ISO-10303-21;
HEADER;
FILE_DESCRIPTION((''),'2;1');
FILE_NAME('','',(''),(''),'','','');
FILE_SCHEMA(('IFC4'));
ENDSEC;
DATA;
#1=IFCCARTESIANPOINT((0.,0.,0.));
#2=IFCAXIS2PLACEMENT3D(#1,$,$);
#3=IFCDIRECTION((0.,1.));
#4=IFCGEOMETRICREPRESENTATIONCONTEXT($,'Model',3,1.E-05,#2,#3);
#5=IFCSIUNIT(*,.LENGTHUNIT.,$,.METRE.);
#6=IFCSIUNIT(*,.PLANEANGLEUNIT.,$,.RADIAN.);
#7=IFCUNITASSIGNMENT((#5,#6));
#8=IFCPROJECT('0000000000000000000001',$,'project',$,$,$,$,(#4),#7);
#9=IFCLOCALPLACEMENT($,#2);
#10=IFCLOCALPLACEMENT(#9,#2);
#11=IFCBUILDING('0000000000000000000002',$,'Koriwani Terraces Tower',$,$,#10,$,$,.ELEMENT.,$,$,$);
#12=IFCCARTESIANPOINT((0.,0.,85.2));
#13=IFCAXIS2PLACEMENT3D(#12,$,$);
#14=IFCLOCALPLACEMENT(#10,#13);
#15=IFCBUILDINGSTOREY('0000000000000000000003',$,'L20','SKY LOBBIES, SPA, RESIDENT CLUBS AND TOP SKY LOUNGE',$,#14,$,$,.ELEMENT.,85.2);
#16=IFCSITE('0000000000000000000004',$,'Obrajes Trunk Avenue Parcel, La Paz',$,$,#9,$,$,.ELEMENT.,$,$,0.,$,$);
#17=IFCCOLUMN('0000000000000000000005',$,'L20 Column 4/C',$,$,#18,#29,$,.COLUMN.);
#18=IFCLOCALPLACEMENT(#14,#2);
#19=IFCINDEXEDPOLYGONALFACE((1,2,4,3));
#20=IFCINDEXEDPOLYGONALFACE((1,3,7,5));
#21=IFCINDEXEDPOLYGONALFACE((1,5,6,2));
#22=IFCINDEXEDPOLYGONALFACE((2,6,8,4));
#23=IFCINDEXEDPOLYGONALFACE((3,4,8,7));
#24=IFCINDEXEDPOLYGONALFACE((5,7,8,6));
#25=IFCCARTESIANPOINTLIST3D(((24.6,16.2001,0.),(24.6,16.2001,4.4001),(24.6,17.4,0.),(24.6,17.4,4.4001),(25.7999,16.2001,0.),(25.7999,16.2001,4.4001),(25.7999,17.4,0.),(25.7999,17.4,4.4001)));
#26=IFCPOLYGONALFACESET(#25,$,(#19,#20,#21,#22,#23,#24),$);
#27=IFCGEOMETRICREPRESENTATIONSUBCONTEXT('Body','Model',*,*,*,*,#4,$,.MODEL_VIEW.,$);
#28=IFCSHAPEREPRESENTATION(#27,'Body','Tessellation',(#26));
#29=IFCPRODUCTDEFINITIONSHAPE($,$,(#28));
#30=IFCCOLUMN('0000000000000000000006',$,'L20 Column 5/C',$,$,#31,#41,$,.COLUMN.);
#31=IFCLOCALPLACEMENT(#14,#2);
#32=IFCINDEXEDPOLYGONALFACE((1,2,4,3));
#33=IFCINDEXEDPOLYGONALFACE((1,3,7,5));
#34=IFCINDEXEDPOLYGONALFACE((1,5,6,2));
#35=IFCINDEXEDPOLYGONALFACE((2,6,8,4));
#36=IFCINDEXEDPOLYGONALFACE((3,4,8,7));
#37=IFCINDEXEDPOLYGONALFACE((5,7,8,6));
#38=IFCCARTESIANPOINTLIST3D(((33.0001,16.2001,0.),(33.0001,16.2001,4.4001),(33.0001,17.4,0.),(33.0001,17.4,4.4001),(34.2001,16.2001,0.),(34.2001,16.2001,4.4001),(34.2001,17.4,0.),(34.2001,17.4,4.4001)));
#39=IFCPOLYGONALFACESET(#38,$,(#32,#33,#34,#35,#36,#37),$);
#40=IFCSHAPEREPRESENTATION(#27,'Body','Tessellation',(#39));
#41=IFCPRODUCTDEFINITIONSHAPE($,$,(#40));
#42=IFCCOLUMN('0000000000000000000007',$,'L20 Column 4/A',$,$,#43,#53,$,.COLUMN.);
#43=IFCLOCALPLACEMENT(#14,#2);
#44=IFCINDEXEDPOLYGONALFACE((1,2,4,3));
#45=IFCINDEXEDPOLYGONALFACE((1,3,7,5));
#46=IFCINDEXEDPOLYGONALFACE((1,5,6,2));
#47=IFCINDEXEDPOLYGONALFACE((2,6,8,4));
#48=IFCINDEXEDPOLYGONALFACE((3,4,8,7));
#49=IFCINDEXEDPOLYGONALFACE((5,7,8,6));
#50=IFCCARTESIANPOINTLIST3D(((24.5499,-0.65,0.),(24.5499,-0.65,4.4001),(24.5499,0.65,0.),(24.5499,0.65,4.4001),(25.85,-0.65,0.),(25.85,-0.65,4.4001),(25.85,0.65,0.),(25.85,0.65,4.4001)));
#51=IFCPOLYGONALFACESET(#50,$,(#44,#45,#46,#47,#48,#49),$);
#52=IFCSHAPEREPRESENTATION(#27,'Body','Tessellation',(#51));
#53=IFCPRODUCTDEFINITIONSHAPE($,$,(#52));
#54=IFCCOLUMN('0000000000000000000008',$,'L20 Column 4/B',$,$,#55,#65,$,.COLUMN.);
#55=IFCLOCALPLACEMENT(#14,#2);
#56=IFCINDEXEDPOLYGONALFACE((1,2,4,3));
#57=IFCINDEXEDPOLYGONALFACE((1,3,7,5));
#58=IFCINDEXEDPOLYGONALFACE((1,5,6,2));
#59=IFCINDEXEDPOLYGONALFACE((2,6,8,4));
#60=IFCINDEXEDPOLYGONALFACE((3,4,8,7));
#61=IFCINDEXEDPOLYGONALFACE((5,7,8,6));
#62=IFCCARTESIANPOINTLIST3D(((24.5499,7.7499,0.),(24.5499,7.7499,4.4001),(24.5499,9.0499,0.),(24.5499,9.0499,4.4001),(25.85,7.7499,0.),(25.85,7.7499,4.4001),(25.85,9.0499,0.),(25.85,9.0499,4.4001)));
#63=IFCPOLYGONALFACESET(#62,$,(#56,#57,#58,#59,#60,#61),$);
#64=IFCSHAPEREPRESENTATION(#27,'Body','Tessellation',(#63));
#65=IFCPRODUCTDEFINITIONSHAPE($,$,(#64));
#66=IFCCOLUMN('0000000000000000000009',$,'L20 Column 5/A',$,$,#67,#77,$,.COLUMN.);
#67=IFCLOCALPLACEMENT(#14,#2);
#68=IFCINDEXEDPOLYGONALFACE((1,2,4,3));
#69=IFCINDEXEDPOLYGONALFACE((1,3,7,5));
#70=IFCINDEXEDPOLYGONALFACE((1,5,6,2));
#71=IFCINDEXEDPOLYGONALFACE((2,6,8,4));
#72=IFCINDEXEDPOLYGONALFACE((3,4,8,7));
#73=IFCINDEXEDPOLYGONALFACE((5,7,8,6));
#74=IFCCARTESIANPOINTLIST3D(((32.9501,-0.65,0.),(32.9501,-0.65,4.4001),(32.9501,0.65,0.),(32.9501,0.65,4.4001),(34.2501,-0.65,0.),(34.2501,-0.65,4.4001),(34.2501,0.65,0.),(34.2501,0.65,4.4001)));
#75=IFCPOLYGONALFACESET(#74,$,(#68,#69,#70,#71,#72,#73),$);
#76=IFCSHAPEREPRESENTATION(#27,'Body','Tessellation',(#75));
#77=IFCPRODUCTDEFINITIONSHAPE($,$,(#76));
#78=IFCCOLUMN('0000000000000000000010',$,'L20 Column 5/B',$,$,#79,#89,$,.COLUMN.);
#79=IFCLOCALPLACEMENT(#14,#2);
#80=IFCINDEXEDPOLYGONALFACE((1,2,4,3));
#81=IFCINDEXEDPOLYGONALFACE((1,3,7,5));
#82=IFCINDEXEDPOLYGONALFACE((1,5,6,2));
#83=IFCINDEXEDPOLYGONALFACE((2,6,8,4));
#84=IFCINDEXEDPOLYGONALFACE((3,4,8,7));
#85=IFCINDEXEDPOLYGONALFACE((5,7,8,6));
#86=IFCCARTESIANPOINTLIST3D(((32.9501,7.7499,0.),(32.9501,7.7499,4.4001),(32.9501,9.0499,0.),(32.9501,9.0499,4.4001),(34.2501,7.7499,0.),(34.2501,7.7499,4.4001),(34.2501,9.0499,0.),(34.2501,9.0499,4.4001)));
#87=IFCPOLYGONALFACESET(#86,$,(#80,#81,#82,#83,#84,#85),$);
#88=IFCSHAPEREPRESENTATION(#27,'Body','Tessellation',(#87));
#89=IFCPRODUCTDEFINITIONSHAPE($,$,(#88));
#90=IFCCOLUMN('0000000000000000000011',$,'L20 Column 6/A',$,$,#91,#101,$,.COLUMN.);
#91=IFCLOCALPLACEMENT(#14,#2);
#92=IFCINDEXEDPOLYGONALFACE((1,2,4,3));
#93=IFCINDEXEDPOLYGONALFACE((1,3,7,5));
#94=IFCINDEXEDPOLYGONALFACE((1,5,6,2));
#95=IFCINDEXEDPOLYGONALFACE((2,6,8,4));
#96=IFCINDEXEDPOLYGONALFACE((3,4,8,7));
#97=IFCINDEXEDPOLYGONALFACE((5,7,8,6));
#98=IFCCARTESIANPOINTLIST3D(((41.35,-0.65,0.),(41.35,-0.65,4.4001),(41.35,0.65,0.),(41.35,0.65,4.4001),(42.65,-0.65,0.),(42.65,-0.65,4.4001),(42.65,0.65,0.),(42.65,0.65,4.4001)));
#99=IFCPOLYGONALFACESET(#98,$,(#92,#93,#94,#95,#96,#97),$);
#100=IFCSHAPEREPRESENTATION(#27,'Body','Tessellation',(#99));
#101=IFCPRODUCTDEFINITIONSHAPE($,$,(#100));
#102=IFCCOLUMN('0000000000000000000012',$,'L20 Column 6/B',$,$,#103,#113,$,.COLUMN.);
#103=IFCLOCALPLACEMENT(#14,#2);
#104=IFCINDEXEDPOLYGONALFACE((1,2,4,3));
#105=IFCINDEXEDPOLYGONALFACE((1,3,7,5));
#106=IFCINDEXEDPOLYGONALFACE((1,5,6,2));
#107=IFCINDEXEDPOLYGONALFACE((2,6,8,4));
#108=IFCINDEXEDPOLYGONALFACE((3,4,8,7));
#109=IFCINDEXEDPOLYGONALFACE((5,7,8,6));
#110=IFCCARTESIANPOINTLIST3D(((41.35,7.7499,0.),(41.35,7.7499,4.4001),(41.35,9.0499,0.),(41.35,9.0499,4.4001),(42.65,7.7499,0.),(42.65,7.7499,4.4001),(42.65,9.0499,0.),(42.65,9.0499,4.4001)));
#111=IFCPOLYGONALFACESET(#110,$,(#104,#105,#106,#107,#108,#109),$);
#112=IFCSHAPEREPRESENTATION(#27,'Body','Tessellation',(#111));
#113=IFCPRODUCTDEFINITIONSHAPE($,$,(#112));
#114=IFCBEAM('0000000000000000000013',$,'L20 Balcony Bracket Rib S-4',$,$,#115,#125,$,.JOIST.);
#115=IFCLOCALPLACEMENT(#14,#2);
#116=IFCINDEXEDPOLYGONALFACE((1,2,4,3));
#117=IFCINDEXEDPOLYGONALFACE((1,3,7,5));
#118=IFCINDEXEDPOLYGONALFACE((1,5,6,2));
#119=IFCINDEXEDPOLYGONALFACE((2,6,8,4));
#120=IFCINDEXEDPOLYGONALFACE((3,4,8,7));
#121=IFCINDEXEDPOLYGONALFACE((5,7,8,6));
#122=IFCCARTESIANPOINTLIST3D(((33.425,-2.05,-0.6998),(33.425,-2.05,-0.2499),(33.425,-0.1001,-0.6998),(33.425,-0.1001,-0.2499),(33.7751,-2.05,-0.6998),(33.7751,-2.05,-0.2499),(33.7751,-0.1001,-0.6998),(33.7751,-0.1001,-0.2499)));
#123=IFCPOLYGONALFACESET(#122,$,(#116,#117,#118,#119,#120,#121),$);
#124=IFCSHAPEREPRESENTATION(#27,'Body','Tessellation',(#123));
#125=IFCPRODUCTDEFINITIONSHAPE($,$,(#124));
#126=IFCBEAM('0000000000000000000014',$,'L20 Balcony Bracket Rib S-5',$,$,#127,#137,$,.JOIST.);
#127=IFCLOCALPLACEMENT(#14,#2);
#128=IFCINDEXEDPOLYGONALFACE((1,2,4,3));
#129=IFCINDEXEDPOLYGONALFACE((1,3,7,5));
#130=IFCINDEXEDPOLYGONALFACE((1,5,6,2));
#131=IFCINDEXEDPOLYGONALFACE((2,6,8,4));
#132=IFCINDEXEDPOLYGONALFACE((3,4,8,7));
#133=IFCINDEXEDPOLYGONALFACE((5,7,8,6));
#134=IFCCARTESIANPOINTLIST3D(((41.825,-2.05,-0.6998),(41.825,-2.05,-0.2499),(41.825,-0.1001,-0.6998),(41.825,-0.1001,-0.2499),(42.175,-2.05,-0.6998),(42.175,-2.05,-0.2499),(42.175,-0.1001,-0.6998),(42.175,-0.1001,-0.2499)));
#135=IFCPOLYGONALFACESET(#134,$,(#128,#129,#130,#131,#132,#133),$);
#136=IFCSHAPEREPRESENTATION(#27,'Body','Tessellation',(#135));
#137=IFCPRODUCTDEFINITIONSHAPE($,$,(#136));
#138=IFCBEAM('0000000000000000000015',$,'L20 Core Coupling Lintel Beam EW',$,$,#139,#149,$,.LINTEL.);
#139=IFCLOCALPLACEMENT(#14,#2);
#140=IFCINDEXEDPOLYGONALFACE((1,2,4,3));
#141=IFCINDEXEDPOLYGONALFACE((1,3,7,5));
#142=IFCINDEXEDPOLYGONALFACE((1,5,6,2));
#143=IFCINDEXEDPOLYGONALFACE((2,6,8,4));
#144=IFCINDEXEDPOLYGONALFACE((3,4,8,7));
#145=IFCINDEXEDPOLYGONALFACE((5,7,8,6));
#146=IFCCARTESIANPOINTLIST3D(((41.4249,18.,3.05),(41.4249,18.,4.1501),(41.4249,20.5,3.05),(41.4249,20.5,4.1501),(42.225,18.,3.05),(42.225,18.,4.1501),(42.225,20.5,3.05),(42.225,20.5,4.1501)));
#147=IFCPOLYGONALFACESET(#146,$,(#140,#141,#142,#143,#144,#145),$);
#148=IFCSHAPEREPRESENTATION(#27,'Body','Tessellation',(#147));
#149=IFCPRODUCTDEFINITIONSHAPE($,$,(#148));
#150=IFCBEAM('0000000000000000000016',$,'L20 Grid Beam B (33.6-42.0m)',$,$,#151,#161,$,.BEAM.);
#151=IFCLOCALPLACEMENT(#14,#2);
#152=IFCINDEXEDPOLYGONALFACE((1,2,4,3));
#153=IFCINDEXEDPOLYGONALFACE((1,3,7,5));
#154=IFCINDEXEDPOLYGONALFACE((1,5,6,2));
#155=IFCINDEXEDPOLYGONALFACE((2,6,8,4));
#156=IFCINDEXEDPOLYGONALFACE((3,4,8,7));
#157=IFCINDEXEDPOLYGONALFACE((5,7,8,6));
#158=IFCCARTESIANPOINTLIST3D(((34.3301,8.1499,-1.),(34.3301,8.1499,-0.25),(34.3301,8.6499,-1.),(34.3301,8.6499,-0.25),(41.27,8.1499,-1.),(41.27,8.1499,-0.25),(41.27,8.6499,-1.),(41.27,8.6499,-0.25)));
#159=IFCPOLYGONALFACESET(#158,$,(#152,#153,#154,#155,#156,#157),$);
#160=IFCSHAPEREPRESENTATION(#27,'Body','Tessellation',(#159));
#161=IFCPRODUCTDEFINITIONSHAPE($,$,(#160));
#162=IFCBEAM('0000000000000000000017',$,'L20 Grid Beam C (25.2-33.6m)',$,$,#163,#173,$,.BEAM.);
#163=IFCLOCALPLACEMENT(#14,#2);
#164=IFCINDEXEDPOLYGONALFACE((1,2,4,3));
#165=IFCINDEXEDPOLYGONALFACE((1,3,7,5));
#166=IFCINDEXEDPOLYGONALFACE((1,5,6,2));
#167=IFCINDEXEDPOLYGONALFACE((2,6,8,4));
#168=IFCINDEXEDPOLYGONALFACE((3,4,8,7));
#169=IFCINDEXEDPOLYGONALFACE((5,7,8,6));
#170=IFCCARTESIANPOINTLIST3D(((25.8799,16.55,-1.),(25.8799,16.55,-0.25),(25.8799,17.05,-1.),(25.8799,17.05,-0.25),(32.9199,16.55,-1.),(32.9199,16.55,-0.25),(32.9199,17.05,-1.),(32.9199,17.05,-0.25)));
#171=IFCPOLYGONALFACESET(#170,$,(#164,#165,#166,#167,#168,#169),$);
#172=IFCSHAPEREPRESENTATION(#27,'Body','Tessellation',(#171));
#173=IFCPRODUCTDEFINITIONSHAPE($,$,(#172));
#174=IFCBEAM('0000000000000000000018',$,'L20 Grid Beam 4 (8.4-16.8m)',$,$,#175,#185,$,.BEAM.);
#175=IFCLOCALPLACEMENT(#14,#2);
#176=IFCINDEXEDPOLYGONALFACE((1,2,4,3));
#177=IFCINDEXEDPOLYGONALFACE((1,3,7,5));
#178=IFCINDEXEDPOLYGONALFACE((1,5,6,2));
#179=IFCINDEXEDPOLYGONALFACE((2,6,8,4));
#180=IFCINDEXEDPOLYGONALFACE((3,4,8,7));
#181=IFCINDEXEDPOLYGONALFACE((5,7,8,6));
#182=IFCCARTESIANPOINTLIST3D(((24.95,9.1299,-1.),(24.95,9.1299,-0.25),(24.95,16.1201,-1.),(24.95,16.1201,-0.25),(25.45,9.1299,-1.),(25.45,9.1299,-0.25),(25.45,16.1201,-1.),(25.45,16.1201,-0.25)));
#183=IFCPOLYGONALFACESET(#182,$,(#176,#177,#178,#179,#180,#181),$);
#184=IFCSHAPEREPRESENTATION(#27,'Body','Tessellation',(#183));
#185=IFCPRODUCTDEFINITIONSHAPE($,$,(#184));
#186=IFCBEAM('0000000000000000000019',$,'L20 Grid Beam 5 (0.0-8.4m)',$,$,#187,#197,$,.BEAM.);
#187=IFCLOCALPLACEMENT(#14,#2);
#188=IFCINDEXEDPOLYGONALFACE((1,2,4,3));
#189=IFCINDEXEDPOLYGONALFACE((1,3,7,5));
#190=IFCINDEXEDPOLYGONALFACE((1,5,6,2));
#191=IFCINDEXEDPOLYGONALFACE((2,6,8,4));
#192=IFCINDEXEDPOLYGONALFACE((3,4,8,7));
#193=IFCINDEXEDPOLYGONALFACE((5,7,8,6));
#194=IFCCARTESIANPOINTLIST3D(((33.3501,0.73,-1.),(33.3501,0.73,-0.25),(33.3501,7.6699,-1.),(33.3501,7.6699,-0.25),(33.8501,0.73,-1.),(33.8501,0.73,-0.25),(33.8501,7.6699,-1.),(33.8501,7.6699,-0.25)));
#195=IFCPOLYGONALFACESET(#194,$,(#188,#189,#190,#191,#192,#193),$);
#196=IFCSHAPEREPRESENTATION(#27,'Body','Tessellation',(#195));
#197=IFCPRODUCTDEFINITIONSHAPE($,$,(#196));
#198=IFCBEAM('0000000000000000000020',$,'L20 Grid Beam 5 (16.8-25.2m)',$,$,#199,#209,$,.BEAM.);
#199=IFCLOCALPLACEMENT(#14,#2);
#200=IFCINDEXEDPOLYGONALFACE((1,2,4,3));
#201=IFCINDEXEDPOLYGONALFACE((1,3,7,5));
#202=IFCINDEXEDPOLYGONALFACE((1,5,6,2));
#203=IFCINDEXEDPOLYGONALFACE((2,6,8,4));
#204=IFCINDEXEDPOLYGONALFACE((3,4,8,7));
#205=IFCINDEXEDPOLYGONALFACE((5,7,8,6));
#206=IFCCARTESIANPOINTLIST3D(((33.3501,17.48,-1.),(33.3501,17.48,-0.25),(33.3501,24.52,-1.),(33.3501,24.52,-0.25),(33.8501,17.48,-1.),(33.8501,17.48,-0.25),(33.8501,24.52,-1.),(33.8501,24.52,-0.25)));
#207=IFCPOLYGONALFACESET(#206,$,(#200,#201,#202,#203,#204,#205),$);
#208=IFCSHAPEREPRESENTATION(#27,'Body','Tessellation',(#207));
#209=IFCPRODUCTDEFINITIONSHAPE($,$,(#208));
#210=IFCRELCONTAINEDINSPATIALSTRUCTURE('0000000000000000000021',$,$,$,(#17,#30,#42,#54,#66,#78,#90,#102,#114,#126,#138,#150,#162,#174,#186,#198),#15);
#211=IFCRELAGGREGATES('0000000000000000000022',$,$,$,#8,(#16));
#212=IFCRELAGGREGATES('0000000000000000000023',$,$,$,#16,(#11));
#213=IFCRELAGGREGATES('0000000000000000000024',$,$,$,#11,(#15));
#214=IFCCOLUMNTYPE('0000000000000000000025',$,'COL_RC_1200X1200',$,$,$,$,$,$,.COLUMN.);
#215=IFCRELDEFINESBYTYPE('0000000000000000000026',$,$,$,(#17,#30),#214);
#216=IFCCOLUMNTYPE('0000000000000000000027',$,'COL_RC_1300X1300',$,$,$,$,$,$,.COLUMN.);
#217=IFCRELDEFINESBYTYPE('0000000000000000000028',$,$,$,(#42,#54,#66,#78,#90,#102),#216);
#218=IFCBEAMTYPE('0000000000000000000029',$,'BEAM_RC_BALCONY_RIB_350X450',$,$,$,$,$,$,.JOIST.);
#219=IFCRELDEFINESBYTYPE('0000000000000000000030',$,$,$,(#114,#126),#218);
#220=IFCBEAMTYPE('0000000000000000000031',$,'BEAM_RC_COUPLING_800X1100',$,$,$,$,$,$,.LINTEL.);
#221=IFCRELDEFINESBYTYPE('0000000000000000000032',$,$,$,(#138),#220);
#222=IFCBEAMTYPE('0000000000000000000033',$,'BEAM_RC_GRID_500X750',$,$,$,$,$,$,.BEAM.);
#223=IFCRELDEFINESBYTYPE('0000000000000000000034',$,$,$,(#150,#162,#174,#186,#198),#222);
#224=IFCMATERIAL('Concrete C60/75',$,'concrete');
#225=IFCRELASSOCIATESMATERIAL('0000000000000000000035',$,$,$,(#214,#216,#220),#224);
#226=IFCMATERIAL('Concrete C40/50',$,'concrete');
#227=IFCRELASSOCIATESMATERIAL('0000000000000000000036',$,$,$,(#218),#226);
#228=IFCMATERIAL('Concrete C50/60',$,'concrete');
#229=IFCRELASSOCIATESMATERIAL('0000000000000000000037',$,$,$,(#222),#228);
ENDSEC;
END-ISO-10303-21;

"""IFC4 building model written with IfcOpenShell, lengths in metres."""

from ifc_helpers import new_model, si_unit, direction, frame, origin, origin_2d, place, context, subcontext, project, spatial, rectangle, extrude, material, material_profile, profile_set, type_object, element, save


model = new_model("IFC4")

# Units and contexts
model_context = context("Model", 3, precision=1e-05, world=origin(), true_north=direction((0.0, 1.0)))
body_context = subcontext(model_context, "Body", "Model", "MODEL_VIEW")
ifc_project = project(units=[si_unit("LENGTHUNIT", "METRE"), si_unit("PLANEANGLEUNIT", "RADIAN")], contexts=[model_context])

# Site, building, storey
site_placement = place(None, origin())
site = spatial("IfcSite", under=ifc_project, at=site_placement, Name="Obrajes Trunk Avenue Parcel, La Paz", CompositionType="ELEMENT", RefElevation=0.0)
building_placement = place(site_placement, origin())
building = spatial("IfcBuilding", under=site, at=building_placement, Name="Koriwani Terraces Tower", CompositionType="ELEMENT")
storey_placement = place(building_placement, frame((0.0, 0.0, 85.2)))
storey = spatial("IfcBuildingStorey", under=building, at=storey_placement, Name="L20", Description="SKY LOBBIES, SPA, RESIDENT CLUBS AND TOP SKY LOUNGE", CompositionType="ELEMENT", Elevation=85.2)

# Columns
ifc_material_1 = material(Name="Concrete C60/75", Category="concrete")
ifc_material_profile_1 = material_profile(ifc_material_1, rectangle(XDim=1.2, YDim=1.2, at=origin_2d()), Name="Concrete C60/75", Category="LoadBearing")
ifc_profile_set_1 = profile_set([ifc_material_profile_1], Name="Concrete C60/75")
column_type_1 = type_object("IfcColumnType", Name="COL_RC_1200X1200", PredefinedType="COLUMN", material=ifc_profile_set_1)
for number, where, z_axis, x_axis, name in (
    (1, (25.2, 16.8, 0.0), (0.0, 0.0, 1.0), (1.0, 0.0, 0.0), "L20 Column 4/C"),
    (2, (33.6001, 16.8, 0.0), (0.0, 0.0, 1.0), (1.0, 0.0, 0.0), "L20 Column 5/C"),
):
    element("IfcColumn", number, at=place(storey_placement, frame(where, z_axis=z_axis, x_axis=x_axis)), inside=storey, type_object=column_type_1, Name=name, PredefinedType="COLUMN", context=body_context, shape_type="SweptSolid", body=[
        extrude(rectangle(XDim=1.2, YDim=1.2, at=origin_2d()), origin(), (0.0, 0.0, 1.0), 4.4001),
    ])
ifc_material_profile_2 = material_profile(ifc_material_1, rectangle(XDim=1.3, YDim=1.3, at=origin_2d()), Name="Concrete C60/75", Category="LoadBearing")
ifc_profile_set_2 = profile_set([ifc_material_profile_2], Name="Concrete C60/75")
column_type_2 = type_object("IfcColumnType", Name="COL_RC_1300X1300", PredefinedType="COLUMN", material=ifc_profile_set_2)
for number, where, z_axis, x_axis, name in (
    (3, (25.2, 0.0, 0.0), (0.0, 0.0, 1.0), (1.0, 0.0, 0.0), "L20 Column 4/A"),
    (4, (25.2, 8.3999, 0.0), (0.0, 0.0, 1.0), (1.0, 0.0, 0.0), "L20 Column 4/B"),
    (5, (33.6001, 0.0, 0.0), (0.0, 0.0, 1.0), (1.0, 0.0, 0.0), "L20 Column 5/A"),
    (6, (33.6001, 8.3999, 0.0), (0.0, 0.0, 1.0), (1.0, 0.0, 0.0), "L20 Column 5/B"),
    (7, (42.0, 0.0, 0.0), (0.0, 0.0, 1.0), (1.0, 0.0, 0.0), "L20 Column 6/A"),
    (8, (42.0, 8.3999, 0.0), (0.0, 0.0, 1.0), (1.0, 0.0, 0.0), "L20 Column 6/B"),
):
    element("IfcColumn", number, at=place(storey_placement, frame(where, z_axis=z_axis, x_axis=x_axis)), inside=storey, type_object=column_type_2, Name=name, PredefinedType="COLUMN", context=body_context, shape_type="SweptSolid", body=[
        extrude(rectangle(XDim=1.3, YDim=1.3, at=origin_2d()), origin(), (0.0, 0.0, 1.0), 4.4001),
    ])

# Beams
ifc_material_2 = material(Name="Concrete C40/50", Category="concrete")
ifc_material_profile_3 = material_profile(ifc_material_2, rectangle(XDim=0.3501, YDim=0.45, at=origin_2d()), Name="Concrete C40/50", Category="LoadBearing")
ifc_profile_set_3 = profile_set([ifc_material_profile_3], Name="Concrete C40/50")
beam_type_1 = type_object("IfcBeamType", Name="BEAM_RC_BALCONY_RIB_350X450", PredefinedType="JOIST", material=ifc_profile_set_3)
for number, where, z_axis, x_axis, name in (
    (9, (33.6001, -2.05, -0.4749), (0.0, 1.0, 0.0), (-1.0, 0.0, 0.0), "L20 Balcony Bracket Rib S-4"),
    (10, (42.0, -2.05, -0.4749), (0.0, 1.0, 0.0), (-1.0, 0.0, 0.0), "L20 Balcony Bracket Rib S-5"),
):
    element("IfcBeam", number, at=place(storey_placement, frame(where, z_axis=z_axis, x_axis=x_axis)), inside=storey, type_object=beam_type_1, Name=name, PredefinedType="JOIST", context=body_context, shape_type="SweptSolid", body=[
        extrude(rectangle(XDim=0.3501, YDim=0.45, at=origin_2d()), origin(), (0.0, 0.0, 1.0), 1.95),
    ])
ifc_material_profile_4 = material_profile(ifc_material_1, rectangle(XDim=0.8, YDim=1.1001, at=origin_2d()), Name="Concrete C60/75", Category="LoadBearing")
ifc_profile_set_4 = profile_set([ifc_material_profile_4], Name="Concrete C60/75")
beam_type_2 = type_object("IfcBeamType", Name="BEAM_RC_COUPLING_800X1100", PredefinedType="LINTEL", material=ifc_profile_set_4)
beam_1_placement = place(storey_placement, frame((41.825, 18.0, 3.6001), z_axis=(0.0, 1.0, 0.0), x_axis=(-1.0, 0.0, 0.0)))
element("IfcBeam", 11, at=beam_1_placement, inside=storey, type_object=beam_type_2, Name="L20 Core Coupling Lintel Beam EW", PredefinedType="LINTEL", context=body_context, shape_type="SweptSolid", body=[
    extrude(rectangle(XDim=0.8, YDim=1.1001, at=origin_2d()), origin(), (0.0, 0.0, 1.0), 2.5),
])
ifc_material_3 = material(Name="Concrete C50/60", Category="concrete")
ifc_material_profile_5 = material_profile(ifc_material_3, rectangle(XDim=0.5, YDim=0.75, at=origin_2d()), Name="Concrete C50/60", Category="LoadBearing")
ifc_profile_set_5 = profile_set([ifc_material_profile_5], Name="Concrete C50/60")
beam_type_3 = type_object("IfcBeamType", Name="BEAM_RC_GRID_500X750", PredefinedType="BEAM", material=ifc_profile_set_5)
beam_2_placement = place(storey_placement, frame((34.3301, 8.3999, -0.625), z_axis=(1.0, 0.0, 0.0), x_axis=(0.0, 1.0, 0.0)))
element("IfcBeam", 12, at=beam_2_placement, inside=storey, type_object=beam_type_3, Name="L20 Grid Beam B (33.6-42.0m)", PredefinedType="BEAM", context=body_context, shape_type="SweptSolid", body=[
    extrude(rectangle(XDim=0.5, YDim=0.75, at=origin_2d()), origin(), (0.0, 0.0, 1.0), 6.9399),
])
beam_3_placement = place(storey_placement, frame((25.8799, 16.8, -0.625), z_axis=(1.0, 0.0, 0.0), x_axis=(0.0, 1.0, 0.0)))
element("IfcBeam", 13, at=beam_3_placement, inside=storey, type_object=beam_type_3, Name="L20 Grid Beam C (25.2-33.6m)", PredefinedType="BEAM", context=body_context, shape_type="SweptSolid", body=[
    extrude(rectangle(XDim=0.5, YDim=0.75, at=origin_2d()), origin(), (0.0, 0.0, 1.0), 7.04),
])
beam_4_placement = place(storey_placement, frame((25.2, 9.1299, -0.625), z_axis=(0.0, 1.0, 0.0), x_axis=(-1.0, 0.0, 0.0)))
element("IfcBeam", 14, at=beam_4_placement, inside=storey, type_object=beam_type_3, Name="L20 Grid Beam 4 (8.4-16.8m)", PredefinedType="BEAM", context=body_context, shape_type="SweptSolid", body=[
    extrude(rectangle(XDim=0.5, YDim=0.75, at=origin_2d()), origin(), (0.0, 0.0, 1.0), 6.9902),
])
beam_5_placement = place(storey_placement, frame((33.6001, 0.73, -0.625), z_axis=(0.0, 1.0, 0.0), x_axis=(-1.0, 0.0, 0.0)))
element("IfcBeam", 15, at=beam_5_placement, inside=storey, type_object=beam_type_3, Name="L20 Grid Beam 5 (0.0-8.4m)", PredefinedType="BEAM", context=body_context, shape_type="SweptSolid", body=[
    extrude(rectangle(XDim=0.5, YDim=0.75, at=origin_2d()), origin(), (0.0, 0.0, 1.0), 6.9399),
])
beam_6_placement = place(storey_placement, frame((33.6001, 17.48, -0.625), z_axis=(0.0, 1.0, 0.0), x_axis=(-1.0, 0.0, 0.0)))
element("IfcBeam", 16, at=beam_6_placement, inside=storey, type_object=beam_type_3, Name="L20 Grid Beam 5 (16.8-25.2m)", PredefinedType="BEAM", context=body_context, shape_type="SweptSolid", body=[
    extrude(rectangle(XDim=0.5, YDim=0.75, at=origin_2d()), origin(), (0.0, 0.0, 1.0), 7.04),
])

save(model, "model.ifc")
